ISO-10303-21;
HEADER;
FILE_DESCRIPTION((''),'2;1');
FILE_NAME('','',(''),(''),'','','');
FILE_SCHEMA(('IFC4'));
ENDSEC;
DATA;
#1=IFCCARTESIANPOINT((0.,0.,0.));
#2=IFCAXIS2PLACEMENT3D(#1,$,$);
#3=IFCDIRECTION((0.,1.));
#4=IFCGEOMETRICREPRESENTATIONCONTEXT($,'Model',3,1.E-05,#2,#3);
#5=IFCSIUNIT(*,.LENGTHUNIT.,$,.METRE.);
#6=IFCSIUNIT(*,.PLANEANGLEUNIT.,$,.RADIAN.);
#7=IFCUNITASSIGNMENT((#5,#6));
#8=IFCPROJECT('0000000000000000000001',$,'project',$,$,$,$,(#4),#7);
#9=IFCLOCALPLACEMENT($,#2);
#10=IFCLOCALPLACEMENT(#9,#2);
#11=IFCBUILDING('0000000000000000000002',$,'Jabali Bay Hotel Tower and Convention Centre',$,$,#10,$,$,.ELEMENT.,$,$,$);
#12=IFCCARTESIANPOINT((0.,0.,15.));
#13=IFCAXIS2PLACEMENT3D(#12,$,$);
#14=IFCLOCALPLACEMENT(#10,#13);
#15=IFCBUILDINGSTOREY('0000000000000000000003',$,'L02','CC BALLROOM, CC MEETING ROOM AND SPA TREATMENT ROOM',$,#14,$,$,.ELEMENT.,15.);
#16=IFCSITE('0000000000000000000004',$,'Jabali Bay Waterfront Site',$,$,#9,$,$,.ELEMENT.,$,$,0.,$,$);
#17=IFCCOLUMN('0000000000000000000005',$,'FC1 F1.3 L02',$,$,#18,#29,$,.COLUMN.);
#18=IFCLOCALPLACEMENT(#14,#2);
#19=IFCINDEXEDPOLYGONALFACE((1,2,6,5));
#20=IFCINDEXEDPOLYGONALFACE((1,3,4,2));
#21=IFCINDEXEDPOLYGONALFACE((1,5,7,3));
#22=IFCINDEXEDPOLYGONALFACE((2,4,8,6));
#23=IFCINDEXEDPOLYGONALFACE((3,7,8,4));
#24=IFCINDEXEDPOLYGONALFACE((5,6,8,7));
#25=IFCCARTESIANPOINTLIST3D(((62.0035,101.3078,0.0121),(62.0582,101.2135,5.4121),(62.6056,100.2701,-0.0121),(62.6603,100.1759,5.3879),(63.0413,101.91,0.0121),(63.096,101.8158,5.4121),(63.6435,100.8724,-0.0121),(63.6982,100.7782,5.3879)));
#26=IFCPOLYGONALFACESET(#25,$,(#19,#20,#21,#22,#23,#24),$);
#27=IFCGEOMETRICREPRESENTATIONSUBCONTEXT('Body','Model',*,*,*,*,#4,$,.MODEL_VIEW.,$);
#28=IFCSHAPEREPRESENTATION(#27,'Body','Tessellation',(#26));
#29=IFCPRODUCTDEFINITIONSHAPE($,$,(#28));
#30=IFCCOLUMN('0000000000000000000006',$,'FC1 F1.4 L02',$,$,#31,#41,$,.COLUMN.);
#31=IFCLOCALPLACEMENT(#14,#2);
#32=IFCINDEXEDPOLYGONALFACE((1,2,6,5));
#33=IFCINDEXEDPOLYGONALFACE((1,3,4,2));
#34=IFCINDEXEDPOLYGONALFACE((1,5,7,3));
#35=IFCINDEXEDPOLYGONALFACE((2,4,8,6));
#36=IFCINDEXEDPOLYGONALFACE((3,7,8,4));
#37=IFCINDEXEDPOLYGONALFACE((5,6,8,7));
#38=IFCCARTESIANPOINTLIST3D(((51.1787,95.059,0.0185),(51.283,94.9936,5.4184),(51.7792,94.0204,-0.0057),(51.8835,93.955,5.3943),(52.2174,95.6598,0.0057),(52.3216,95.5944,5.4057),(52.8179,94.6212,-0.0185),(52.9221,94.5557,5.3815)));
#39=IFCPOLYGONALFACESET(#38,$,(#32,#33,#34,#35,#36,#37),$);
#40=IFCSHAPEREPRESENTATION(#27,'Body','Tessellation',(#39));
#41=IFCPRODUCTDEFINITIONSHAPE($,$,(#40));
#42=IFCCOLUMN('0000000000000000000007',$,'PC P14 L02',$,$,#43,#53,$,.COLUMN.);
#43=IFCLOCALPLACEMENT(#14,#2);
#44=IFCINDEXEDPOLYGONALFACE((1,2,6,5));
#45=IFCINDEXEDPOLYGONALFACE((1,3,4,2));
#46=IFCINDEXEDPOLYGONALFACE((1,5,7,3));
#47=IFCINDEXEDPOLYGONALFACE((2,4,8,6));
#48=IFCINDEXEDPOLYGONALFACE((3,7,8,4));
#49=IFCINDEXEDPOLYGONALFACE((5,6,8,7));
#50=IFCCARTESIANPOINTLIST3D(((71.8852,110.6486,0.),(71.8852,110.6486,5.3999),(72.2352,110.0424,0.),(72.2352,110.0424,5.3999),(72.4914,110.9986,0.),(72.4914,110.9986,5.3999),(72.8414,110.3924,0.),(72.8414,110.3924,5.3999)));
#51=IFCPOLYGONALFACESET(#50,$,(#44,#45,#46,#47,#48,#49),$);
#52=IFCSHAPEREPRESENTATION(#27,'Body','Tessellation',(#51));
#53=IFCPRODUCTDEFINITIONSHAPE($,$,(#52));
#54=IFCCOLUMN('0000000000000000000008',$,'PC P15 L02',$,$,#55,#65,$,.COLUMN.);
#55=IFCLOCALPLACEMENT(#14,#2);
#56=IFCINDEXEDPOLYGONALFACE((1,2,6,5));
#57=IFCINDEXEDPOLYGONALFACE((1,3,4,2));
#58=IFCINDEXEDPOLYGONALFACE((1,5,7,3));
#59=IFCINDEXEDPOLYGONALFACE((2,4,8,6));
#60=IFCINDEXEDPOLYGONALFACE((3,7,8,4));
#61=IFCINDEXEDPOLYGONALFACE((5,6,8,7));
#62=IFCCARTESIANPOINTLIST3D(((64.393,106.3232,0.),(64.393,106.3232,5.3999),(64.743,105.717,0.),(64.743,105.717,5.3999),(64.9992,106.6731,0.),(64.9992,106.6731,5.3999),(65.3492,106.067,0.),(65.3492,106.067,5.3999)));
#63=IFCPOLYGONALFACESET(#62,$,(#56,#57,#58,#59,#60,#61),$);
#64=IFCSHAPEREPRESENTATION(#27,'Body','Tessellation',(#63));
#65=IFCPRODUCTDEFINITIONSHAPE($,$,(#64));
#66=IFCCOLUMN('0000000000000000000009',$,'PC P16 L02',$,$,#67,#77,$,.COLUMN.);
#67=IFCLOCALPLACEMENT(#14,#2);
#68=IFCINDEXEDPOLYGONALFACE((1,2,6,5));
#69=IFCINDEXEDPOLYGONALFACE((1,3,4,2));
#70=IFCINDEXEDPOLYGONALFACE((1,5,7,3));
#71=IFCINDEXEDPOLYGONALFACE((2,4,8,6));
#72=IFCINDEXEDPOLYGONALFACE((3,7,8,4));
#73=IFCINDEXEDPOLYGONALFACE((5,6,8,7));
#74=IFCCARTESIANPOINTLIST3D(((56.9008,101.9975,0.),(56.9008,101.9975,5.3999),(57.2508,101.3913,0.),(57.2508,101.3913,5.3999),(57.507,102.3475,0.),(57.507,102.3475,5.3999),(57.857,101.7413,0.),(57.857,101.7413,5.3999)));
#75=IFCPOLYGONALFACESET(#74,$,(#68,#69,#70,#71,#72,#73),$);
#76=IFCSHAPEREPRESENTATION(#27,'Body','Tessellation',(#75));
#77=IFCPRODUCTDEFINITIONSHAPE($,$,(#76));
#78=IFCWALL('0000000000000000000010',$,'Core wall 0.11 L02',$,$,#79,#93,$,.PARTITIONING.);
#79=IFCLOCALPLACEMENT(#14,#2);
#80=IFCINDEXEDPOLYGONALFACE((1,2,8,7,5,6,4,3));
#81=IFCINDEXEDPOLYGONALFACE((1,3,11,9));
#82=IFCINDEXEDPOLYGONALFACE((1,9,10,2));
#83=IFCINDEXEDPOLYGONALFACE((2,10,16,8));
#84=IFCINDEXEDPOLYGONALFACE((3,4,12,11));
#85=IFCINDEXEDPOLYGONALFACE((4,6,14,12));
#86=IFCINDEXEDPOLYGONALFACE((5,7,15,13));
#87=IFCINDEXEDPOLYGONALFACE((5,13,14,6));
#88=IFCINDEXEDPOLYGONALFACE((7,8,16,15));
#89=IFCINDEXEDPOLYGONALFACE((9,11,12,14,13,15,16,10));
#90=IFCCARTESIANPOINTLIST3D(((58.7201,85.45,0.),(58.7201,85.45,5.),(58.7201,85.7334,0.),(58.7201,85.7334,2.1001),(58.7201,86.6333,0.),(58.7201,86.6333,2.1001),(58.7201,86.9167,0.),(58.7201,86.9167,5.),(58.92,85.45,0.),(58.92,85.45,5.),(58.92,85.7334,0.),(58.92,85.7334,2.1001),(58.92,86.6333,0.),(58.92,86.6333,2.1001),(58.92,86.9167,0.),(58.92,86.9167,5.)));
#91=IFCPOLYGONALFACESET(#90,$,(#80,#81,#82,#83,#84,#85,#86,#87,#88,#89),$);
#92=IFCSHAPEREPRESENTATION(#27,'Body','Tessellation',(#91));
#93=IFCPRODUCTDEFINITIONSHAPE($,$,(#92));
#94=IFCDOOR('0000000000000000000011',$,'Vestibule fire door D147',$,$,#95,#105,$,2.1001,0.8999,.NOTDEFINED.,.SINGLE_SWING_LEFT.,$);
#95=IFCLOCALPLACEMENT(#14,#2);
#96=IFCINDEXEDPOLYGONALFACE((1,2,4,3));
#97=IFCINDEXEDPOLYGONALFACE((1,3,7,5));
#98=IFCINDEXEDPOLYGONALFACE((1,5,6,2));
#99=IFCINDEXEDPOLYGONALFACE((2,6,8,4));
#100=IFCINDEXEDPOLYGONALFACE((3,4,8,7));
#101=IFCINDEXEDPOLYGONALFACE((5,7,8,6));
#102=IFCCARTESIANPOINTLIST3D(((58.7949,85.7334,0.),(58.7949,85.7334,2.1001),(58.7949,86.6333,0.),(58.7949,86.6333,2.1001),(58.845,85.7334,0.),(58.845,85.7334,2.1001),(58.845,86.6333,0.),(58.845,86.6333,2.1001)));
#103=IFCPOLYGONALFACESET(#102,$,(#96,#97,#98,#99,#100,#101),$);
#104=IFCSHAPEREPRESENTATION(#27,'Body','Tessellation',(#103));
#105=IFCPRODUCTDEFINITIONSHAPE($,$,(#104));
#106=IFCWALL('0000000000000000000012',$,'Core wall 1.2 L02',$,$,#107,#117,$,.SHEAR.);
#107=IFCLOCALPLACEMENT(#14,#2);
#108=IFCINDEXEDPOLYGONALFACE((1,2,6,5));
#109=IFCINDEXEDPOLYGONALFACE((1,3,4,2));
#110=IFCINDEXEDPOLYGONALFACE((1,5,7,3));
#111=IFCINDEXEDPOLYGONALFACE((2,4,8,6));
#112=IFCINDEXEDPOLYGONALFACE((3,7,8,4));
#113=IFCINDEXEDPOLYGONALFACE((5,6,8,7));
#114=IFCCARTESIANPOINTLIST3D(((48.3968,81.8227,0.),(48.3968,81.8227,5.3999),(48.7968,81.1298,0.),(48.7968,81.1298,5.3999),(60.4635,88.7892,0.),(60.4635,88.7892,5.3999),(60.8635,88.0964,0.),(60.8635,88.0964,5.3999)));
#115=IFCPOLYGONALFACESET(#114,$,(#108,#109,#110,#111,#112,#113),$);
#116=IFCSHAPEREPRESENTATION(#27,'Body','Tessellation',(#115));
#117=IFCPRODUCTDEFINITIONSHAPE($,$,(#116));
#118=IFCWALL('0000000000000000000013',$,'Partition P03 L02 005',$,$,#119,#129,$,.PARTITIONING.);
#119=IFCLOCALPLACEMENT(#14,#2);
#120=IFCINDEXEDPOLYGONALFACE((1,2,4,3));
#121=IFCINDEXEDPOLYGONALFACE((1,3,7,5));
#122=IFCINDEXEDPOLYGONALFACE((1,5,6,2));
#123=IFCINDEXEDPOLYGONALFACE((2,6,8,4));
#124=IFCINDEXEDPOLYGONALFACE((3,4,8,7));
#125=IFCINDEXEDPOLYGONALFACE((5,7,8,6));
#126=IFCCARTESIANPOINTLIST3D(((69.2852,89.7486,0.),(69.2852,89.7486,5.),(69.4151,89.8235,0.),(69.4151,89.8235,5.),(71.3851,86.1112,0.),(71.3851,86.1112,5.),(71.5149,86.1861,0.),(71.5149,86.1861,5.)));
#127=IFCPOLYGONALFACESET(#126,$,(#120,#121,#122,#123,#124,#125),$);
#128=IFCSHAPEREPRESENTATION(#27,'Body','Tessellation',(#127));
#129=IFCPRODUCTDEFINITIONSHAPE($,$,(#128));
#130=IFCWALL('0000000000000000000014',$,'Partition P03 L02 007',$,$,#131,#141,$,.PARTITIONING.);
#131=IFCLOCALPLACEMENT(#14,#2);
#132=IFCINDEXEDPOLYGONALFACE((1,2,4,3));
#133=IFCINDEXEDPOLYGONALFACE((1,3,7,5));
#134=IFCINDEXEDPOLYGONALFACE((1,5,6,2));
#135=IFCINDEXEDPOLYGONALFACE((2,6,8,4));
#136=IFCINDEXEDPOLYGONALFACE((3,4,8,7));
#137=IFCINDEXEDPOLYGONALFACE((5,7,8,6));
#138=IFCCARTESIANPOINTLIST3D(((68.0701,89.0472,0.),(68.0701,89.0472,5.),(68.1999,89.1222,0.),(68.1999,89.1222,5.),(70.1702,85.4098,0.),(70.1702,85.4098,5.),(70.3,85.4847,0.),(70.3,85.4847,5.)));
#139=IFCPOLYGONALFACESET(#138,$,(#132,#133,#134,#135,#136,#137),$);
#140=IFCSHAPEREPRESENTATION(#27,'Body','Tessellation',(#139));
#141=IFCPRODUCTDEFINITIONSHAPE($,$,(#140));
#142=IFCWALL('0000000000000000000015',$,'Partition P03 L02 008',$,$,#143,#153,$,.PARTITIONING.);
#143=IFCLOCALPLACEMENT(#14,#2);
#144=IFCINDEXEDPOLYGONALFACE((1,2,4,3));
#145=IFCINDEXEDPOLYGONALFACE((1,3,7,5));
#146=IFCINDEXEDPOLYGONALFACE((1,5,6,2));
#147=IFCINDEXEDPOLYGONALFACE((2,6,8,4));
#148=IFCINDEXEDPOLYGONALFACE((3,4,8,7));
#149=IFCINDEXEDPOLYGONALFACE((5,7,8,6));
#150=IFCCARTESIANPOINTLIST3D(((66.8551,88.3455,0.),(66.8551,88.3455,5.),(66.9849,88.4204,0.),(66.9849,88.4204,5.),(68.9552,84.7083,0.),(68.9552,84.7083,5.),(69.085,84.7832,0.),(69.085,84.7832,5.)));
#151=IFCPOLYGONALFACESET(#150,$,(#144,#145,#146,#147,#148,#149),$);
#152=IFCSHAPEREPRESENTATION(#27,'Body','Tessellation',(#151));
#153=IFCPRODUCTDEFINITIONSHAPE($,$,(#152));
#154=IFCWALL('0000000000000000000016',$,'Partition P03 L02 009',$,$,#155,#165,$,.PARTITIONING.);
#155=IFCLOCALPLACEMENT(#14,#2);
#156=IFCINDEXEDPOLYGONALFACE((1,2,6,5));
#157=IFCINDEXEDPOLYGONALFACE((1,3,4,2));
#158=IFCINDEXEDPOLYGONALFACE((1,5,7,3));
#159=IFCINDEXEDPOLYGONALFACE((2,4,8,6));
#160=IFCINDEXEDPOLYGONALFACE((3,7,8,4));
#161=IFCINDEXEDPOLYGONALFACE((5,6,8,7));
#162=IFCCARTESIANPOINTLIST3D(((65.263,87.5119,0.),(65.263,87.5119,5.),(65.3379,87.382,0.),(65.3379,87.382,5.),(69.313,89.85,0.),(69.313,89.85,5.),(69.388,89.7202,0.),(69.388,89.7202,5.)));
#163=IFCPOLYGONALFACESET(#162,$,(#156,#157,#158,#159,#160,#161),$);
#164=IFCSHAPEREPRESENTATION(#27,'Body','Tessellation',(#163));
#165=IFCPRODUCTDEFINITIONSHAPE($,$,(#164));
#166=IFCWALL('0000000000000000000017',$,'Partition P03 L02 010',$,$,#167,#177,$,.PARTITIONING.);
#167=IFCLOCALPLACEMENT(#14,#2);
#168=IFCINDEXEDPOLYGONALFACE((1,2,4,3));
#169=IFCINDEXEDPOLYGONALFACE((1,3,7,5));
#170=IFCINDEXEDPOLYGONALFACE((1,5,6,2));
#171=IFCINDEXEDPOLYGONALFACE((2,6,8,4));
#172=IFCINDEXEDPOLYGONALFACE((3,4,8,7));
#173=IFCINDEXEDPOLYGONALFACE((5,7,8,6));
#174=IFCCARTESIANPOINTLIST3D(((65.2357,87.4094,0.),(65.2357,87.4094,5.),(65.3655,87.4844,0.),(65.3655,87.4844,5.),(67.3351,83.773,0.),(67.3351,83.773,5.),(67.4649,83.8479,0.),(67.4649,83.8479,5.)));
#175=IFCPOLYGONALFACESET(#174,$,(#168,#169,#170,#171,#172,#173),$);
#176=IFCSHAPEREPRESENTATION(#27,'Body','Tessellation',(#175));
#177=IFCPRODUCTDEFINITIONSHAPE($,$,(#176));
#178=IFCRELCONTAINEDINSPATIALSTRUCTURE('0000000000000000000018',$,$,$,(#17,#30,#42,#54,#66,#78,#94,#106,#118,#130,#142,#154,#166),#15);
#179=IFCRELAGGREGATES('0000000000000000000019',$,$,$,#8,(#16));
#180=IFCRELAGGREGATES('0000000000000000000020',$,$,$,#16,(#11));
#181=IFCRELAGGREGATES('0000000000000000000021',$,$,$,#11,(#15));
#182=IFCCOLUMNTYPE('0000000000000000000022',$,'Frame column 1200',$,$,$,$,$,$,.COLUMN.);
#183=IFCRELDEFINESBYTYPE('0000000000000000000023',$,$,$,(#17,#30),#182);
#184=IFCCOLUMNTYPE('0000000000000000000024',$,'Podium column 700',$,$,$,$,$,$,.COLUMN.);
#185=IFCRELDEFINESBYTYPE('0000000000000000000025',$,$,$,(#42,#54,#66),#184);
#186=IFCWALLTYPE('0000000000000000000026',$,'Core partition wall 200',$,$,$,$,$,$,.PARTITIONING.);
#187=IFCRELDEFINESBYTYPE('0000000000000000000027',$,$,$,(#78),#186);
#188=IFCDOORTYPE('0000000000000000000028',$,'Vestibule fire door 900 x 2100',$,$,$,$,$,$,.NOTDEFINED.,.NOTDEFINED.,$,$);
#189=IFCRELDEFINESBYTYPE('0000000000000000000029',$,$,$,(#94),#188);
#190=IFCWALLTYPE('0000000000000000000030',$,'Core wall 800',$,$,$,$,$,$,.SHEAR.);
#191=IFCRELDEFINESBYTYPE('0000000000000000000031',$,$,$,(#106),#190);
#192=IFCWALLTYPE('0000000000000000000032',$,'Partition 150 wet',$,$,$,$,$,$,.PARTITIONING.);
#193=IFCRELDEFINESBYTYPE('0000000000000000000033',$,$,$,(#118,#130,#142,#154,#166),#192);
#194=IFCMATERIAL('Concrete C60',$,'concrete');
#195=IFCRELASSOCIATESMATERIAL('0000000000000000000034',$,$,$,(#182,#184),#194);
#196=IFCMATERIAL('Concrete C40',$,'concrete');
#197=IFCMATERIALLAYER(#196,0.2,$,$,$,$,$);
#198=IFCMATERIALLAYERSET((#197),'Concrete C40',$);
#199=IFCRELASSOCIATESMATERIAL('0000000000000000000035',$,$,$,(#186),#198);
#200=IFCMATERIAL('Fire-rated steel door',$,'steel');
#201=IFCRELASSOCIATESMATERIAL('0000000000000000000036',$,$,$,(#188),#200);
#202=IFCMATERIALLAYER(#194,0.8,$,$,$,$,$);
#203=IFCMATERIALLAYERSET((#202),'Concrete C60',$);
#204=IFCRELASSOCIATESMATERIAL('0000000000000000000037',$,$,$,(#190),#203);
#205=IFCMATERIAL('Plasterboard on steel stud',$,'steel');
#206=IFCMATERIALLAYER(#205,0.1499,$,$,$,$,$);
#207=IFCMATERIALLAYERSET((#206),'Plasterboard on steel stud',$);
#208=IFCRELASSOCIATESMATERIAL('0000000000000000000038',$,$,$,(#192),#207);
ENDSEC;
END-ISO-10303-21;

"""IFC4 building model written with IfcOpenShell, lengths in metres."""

from ifc_helpers import new_model, si_unit, direction, frame, frame_2d, origin, origin_2d, place, context, subcontext, project, spatial, rectangle, extrude, material, layer, layer_set, material_profile, profile_set, type_object, element, fill, save


model = new_model("IFC4")

# Units and contexts
model_context = context("Model", 3, precision=1e-05, world=origin(), true_north=direction((0.0, 1.0)))
body_context = subcontext(model_context, "Body", "Model", "MODEL_VIEW")
ifc_project = project(units=[si_unit("LENGTHUNIT", "METRE"), si_unit("PLANEANGLEUNIT", "RADIAN")], contexts=[model_context])

# Site, building, storey
site_placement = place(None, origin())
site = spatial("IfcSite", under=ifc_project, at=site_placement, Name="Jabali Bay Waterfront Site", CompositionType="ELEMENT", RefElevation=0.0)
building_placement = place(site_placement, origin())
building = spatial("IfcBuilding", under=site, at=building_placement, Name="Jabali Bay Hotel Tower and Convention Centre", CompositionType="ELEMENT")
storey_placement = place(building_placement, frame((0.0, 0.0, 15.0)))
storey = spatial("IfcBuildingStorey", under=building, at=storey_placement, Name="L02", Description="CC BALLROOM, CC MEETING ROOM AND SPA TREATMENT ROOM", CompositionType="ELEMENT", Elevation=15.0)

# Columns
ifc_material_1 = material(Name="Concrete C60", Category="concrete")
ifc_material_profile_1 = material_profile(ifc_material_1, rectangle(XDim=1.2, YDim=1.2, at=origin_2d()), Name="Frame column 1200")
ifc_profile_set_1 = profile_set([ifc_material_profile_1], Name="Concrete C60")
column_type_1 = type_object("IfcColumnType", Name="Frame column 1200", PredefinedType="COLUMN", material=ifc_profile_set_1)
column_1_placement = place(storey_placement, frame((62.8235, 101.0901, 0.0), z_axis=(0.010125, -0.017448, 0.999796), x_axis=(-0.501817, 0.864739, 0.020173)))
element("IfcColumn", 1, at=column_1_placement, inside=storey, type_object=column_type_1, Name="FC1 F1.3 L02", PredefinedType="COLUMN", context=body_context, shape_type="SweptSolid", body=[
    extrude(rectangle(XDim=1.2, YDim=1.2, at=origin_2d()), origin(), (0.0, 0.0, 1.0), 5.4011),
])
column_2_placement = place(storey_placement, frame((51.9983, 94.8401, 0.0), z_axis=(0.019301, -0.012114, 0.99974), x_axis=(-0.500424, 0.865546, 0.020149)))
element("IfcColumn", 2, at=column_2_placement, inside=storey, type_object=column_type_1, Name="FC1 F1.4 L02", PredefinedType="COLUMN", context=body_context, shape_type="SweptSolid", body=[
    extrude(rectangle(XDim=1.2, YDim=1.2, at=origin_2d()), origin(), (0.0, 0.0, 1.0), 5.4014),
])
ifc_material_profile_2 = material_profile(ifc_material_1, rectangle(XDim=0.7, YDim=0.7, at=origin_2d()), Name="Podium column 700")
ifc_profile_set_2 = profile_set([ifc_material_profile_2], Name="Concrete C60")
column_type_2 = type_object("IfcColumnType", Name="Podium column 700", PredefinedType="COLUMN", material=ifc_profile_set_2)
for number, where, z_axis, x_axis, name in (
    (3, (72.3633, 110.5205, 0.0), (0.0, 0.0, 1.0), (0.866025, 0.5, 0.0), "PC P14 L02"),
    (4, (64.8711, 106.1951, 0.0), (0.0, 0.0, 1.0), (0.866025, 0.5, 0.0), "PC P15 L02"),
    (5, (57.3789, 101.8694, 0.0), (0.0, 0.0, 1.0), (0.866025, 0.5, 0.0), "PC P16 L02"),
):
    element("IfcColumn", number, at=place(storey_placement, frame(where, z_axis=z_axis, x_axis=x_axis)), inside=storey, type_object=column_type_2, Name=name, PredefinedType="COLUMN", context=body_context, shape_type="SweptSolid", body=[
        extrude(rectangle(XDim=0.7, YDim=0.7, at=origin_2d()), origin(), (0.0, 0.0, 1.0), 5.3999),
    ])

# Wall, opening, door
ifc_material_2 = material(Name="Concrete C40", Category="concrete")
ifc_layer_1 = layer(ifc_material_2, 0.2)
ifc_layer_set_1 = layer_set([ifc_layer_1], Name="Concrete C40")
wall_type_1 = type_object("IfcWallType", Name="Core partition wall 200", PredefinedType="PARTITIONING", material=ifc_layer_set_1)
wall_1_placement = place(storey_placement, frame((58.8201, 86.9167, 0.0), z_axis=(0.0, 0.0, 1.0), x_axis=(0.0, -1.0, 0.0)))
wall_1 = element("IfcWall", 6, at=wall_1_placement, inside=storey, type_object=wall_type_1, Name="Core wall 0.11 L02", PredefinedType="PARTITIONING", context=body_context, shape_type="SweptSolid", body=[
    extrude(rectangle(XDim=1.4668, YDim=0.2, at=frame_2d((0.7334, 0.0))), origin(), (0.0, 0.0, 1.0), 5.0),
])
opening_placement = place(wall_1_placement, frame((0.2834, 0.0, 0.0)))
opening = element("IfcOpeningElement", 7, at=opening_placement, cuts=wall_1, PredefinedType="OPENING", context=body_context, shape_type="SweptSolid", body=[
    extrude(rectangle(XDim=0.8999, YDim=2.1001, at=frame_2d((0.45, 1.05))), frame((0.0, 0.1104, 0.0), z_axis=(0.0, -1.0, 0.0), x_axis=(1.0, 0.0, 0.0)), (0.0, 0.0, 1.0), 0.2209),
])
ifc_material_3 = material(Name="Fire-rated steel door", Category="steel")
door_type = type_object("IfcDoorType", Name="Vestibule fire door 900 x 2100", OperationType="NOTDEFINED", PredefinedType="NOTDEFINED", material=ifc_material_3)
door_placement = place(opening_placement, origin())
door = element("IfcDoor", 8, at=door_placement, inside=storey, type_object=door_type, Name="Vestibule fire door D147", OperationType="SINGLE_SWING_LEFT", OverallHeight=2.1001, OverallWidth=0.8999, PredefinedType="NOTDEFINED", context=body_context, shape_type="SweptSolid", body=[
    extrude(rectangle(XDim=0.8999, YDim=2.1001, at=frame_2d((0.45, 1.05))), frame((0.0, 0.0249, 0.0), z_axis=(0.0, -1.0, 0.0), x_axis=(1.0, 0.0, 0.0)), (0.0, 0.0, 1.0), 0.05),
])
fill(opening, door)

# Walls
ifc_layer_2 = layer(ifc_material_1, 0.8)
ifc_layer_set_2 = layer_set([ifc_layer_2], Name="Concrete C60")
wall_type_2 = type_object("IfcWallType", Name="Core wall 800", PredefinedType="SHEAR", material=ifc_layer_set_2)
wall_2_placement = place(storey_placement, frame((60.6636, 88.4429, 0.0), z_axis=(0.0, 0.0, 1.0), x_axis=(-0.866029, -0.499993, 0.0)))
element("IfcWall", 9, at=wall_2_placement, inside=storey, type_object=wall_type_2, Name="Core wall 1.2 L02", PredefinedType="SHEAR", context=body_context, shape_type="SweptSolid", body=[
    extrude(rectangle(XDim=13.9333, YDim=0.8, at=frame_2d((6.9668, 0.0))), origin(), (0.0, 0.0, 1.0), 5.3999),
])
ifc_material_4 = material(Name="Plasterboard on steel stud", Category="steel")
ifc_layer_3 = layer(ifc_material_4, 0.1499)
ifc_layer_set_3 = layer_set([ifc_layer_3], Name="Plasterboard on steel stud")
wall_type_3 = type_object("IfcWallType", Name="Partition 150 wet", PredefinedType="PARTITIONING", material=ifc_layer_set_3)
wall_3_placement = place(storey_placement, frame((69.3501, 89.7861, 0.0), z_axis=(0.0, 0.0, 1.0), x_axis=(0.499959, -0.866049, 0.0)))
element("IfcWall", 10, at=wall_3_placement, inside=storey, type_object=wall_type_3, Name="Partition P03 L02 005", PredefinedType="PARTITIONING", context=body_context, shape_type="SweptSolid", body=[
    extrude(rectangle(XDim=4.2, YDim=0.1499, at=frame_2d((2.1001, 0.0))), origin(), (0.0, 0.0, 1.0), 5.0),
])
wall_4_placement = place(storey_placement, frame((68.135, 89.0847, 0.0), z_axis=(0.0, 0.0, 1.0), x_axis=(0.500003, -0.866024, 0.0)))
element("IfcWall", 11, at=wall_4_placement, inside=storey, type_object=wall_type_3, Name="Partition P03 L02 007", PredefinedType="PARTITIONING", context=body_context, shape_type="SweptSolid", body=[
    extrude(rectangle(XDim=4.2002, YDim=0.1499, at=frame_2d((2.1001, 0.0))), origin(), (0.0, 0.0, 1.0), 5.0),
])
wall_5_placement = place(storey_placement, frame((66.9199, 88.3831, 0.0), z_axis=(0.0, 0.0, 1.0), x_axis=(0.500028, -0.866009, 0.0)))
element("IfcWall", 12, at=wall_5_placement, inside=storey, type_object=wall_type_3, Name="Partition P03 L02 008", PredefinedType="PARTITIONING", context=body_context, shape_type="SweptSolid", body=[
    extrude(rectangle(XDim=4.2, YDim=0.1499, at=frame_2d((2.1001, 0.0))), origin(), (0.0, 0.0, 1.0), 5.0),
])
wall_6_placement = place(storey_placement, frame((69.3506, 89.7852, 0.0), z_axis=(0.0, 0.0, 1.0), x_axis=(-0.86604, -0.499974, 0.0)))
element("IfcWall", 13, at=wall_6_placement, inside=storey, type_object=wall_type_3, Name="Partition P03 L02 009", PredefinedType="PARTITIONING", context=body_context, shape_type="SweptSolid", body=[
    extrude(rectangle(XDim=4.6765, YDim=0.1499, at=frame_2d((2.3384, 0.0))), origin(), (0.0, 0.0, 1.0), 5.0),
])
wall_7_placement = place(storey_placement, frame((65.3005, 87.447, 0.0), z_axis=(0.0, 0.0, 1.0), x_axis=(0.499972, -0.866041, 0.0)))
element("IfcWall", 14, at=wall_7_placement, inside=storey, type_object=wall_type_3, Name="Partition P03 L02 010", PredefinedType="PARTITIONING", context=body_context, shape_type="SweptSolid", body=[
    extrude(rectangle(XDim=4.199, YDim=0.1499, at=frame_2d((2.0996, 0.0))), origin(), (0.0, 0.0, 1.0), 5.0),
])

save(model, "model.ifc")
